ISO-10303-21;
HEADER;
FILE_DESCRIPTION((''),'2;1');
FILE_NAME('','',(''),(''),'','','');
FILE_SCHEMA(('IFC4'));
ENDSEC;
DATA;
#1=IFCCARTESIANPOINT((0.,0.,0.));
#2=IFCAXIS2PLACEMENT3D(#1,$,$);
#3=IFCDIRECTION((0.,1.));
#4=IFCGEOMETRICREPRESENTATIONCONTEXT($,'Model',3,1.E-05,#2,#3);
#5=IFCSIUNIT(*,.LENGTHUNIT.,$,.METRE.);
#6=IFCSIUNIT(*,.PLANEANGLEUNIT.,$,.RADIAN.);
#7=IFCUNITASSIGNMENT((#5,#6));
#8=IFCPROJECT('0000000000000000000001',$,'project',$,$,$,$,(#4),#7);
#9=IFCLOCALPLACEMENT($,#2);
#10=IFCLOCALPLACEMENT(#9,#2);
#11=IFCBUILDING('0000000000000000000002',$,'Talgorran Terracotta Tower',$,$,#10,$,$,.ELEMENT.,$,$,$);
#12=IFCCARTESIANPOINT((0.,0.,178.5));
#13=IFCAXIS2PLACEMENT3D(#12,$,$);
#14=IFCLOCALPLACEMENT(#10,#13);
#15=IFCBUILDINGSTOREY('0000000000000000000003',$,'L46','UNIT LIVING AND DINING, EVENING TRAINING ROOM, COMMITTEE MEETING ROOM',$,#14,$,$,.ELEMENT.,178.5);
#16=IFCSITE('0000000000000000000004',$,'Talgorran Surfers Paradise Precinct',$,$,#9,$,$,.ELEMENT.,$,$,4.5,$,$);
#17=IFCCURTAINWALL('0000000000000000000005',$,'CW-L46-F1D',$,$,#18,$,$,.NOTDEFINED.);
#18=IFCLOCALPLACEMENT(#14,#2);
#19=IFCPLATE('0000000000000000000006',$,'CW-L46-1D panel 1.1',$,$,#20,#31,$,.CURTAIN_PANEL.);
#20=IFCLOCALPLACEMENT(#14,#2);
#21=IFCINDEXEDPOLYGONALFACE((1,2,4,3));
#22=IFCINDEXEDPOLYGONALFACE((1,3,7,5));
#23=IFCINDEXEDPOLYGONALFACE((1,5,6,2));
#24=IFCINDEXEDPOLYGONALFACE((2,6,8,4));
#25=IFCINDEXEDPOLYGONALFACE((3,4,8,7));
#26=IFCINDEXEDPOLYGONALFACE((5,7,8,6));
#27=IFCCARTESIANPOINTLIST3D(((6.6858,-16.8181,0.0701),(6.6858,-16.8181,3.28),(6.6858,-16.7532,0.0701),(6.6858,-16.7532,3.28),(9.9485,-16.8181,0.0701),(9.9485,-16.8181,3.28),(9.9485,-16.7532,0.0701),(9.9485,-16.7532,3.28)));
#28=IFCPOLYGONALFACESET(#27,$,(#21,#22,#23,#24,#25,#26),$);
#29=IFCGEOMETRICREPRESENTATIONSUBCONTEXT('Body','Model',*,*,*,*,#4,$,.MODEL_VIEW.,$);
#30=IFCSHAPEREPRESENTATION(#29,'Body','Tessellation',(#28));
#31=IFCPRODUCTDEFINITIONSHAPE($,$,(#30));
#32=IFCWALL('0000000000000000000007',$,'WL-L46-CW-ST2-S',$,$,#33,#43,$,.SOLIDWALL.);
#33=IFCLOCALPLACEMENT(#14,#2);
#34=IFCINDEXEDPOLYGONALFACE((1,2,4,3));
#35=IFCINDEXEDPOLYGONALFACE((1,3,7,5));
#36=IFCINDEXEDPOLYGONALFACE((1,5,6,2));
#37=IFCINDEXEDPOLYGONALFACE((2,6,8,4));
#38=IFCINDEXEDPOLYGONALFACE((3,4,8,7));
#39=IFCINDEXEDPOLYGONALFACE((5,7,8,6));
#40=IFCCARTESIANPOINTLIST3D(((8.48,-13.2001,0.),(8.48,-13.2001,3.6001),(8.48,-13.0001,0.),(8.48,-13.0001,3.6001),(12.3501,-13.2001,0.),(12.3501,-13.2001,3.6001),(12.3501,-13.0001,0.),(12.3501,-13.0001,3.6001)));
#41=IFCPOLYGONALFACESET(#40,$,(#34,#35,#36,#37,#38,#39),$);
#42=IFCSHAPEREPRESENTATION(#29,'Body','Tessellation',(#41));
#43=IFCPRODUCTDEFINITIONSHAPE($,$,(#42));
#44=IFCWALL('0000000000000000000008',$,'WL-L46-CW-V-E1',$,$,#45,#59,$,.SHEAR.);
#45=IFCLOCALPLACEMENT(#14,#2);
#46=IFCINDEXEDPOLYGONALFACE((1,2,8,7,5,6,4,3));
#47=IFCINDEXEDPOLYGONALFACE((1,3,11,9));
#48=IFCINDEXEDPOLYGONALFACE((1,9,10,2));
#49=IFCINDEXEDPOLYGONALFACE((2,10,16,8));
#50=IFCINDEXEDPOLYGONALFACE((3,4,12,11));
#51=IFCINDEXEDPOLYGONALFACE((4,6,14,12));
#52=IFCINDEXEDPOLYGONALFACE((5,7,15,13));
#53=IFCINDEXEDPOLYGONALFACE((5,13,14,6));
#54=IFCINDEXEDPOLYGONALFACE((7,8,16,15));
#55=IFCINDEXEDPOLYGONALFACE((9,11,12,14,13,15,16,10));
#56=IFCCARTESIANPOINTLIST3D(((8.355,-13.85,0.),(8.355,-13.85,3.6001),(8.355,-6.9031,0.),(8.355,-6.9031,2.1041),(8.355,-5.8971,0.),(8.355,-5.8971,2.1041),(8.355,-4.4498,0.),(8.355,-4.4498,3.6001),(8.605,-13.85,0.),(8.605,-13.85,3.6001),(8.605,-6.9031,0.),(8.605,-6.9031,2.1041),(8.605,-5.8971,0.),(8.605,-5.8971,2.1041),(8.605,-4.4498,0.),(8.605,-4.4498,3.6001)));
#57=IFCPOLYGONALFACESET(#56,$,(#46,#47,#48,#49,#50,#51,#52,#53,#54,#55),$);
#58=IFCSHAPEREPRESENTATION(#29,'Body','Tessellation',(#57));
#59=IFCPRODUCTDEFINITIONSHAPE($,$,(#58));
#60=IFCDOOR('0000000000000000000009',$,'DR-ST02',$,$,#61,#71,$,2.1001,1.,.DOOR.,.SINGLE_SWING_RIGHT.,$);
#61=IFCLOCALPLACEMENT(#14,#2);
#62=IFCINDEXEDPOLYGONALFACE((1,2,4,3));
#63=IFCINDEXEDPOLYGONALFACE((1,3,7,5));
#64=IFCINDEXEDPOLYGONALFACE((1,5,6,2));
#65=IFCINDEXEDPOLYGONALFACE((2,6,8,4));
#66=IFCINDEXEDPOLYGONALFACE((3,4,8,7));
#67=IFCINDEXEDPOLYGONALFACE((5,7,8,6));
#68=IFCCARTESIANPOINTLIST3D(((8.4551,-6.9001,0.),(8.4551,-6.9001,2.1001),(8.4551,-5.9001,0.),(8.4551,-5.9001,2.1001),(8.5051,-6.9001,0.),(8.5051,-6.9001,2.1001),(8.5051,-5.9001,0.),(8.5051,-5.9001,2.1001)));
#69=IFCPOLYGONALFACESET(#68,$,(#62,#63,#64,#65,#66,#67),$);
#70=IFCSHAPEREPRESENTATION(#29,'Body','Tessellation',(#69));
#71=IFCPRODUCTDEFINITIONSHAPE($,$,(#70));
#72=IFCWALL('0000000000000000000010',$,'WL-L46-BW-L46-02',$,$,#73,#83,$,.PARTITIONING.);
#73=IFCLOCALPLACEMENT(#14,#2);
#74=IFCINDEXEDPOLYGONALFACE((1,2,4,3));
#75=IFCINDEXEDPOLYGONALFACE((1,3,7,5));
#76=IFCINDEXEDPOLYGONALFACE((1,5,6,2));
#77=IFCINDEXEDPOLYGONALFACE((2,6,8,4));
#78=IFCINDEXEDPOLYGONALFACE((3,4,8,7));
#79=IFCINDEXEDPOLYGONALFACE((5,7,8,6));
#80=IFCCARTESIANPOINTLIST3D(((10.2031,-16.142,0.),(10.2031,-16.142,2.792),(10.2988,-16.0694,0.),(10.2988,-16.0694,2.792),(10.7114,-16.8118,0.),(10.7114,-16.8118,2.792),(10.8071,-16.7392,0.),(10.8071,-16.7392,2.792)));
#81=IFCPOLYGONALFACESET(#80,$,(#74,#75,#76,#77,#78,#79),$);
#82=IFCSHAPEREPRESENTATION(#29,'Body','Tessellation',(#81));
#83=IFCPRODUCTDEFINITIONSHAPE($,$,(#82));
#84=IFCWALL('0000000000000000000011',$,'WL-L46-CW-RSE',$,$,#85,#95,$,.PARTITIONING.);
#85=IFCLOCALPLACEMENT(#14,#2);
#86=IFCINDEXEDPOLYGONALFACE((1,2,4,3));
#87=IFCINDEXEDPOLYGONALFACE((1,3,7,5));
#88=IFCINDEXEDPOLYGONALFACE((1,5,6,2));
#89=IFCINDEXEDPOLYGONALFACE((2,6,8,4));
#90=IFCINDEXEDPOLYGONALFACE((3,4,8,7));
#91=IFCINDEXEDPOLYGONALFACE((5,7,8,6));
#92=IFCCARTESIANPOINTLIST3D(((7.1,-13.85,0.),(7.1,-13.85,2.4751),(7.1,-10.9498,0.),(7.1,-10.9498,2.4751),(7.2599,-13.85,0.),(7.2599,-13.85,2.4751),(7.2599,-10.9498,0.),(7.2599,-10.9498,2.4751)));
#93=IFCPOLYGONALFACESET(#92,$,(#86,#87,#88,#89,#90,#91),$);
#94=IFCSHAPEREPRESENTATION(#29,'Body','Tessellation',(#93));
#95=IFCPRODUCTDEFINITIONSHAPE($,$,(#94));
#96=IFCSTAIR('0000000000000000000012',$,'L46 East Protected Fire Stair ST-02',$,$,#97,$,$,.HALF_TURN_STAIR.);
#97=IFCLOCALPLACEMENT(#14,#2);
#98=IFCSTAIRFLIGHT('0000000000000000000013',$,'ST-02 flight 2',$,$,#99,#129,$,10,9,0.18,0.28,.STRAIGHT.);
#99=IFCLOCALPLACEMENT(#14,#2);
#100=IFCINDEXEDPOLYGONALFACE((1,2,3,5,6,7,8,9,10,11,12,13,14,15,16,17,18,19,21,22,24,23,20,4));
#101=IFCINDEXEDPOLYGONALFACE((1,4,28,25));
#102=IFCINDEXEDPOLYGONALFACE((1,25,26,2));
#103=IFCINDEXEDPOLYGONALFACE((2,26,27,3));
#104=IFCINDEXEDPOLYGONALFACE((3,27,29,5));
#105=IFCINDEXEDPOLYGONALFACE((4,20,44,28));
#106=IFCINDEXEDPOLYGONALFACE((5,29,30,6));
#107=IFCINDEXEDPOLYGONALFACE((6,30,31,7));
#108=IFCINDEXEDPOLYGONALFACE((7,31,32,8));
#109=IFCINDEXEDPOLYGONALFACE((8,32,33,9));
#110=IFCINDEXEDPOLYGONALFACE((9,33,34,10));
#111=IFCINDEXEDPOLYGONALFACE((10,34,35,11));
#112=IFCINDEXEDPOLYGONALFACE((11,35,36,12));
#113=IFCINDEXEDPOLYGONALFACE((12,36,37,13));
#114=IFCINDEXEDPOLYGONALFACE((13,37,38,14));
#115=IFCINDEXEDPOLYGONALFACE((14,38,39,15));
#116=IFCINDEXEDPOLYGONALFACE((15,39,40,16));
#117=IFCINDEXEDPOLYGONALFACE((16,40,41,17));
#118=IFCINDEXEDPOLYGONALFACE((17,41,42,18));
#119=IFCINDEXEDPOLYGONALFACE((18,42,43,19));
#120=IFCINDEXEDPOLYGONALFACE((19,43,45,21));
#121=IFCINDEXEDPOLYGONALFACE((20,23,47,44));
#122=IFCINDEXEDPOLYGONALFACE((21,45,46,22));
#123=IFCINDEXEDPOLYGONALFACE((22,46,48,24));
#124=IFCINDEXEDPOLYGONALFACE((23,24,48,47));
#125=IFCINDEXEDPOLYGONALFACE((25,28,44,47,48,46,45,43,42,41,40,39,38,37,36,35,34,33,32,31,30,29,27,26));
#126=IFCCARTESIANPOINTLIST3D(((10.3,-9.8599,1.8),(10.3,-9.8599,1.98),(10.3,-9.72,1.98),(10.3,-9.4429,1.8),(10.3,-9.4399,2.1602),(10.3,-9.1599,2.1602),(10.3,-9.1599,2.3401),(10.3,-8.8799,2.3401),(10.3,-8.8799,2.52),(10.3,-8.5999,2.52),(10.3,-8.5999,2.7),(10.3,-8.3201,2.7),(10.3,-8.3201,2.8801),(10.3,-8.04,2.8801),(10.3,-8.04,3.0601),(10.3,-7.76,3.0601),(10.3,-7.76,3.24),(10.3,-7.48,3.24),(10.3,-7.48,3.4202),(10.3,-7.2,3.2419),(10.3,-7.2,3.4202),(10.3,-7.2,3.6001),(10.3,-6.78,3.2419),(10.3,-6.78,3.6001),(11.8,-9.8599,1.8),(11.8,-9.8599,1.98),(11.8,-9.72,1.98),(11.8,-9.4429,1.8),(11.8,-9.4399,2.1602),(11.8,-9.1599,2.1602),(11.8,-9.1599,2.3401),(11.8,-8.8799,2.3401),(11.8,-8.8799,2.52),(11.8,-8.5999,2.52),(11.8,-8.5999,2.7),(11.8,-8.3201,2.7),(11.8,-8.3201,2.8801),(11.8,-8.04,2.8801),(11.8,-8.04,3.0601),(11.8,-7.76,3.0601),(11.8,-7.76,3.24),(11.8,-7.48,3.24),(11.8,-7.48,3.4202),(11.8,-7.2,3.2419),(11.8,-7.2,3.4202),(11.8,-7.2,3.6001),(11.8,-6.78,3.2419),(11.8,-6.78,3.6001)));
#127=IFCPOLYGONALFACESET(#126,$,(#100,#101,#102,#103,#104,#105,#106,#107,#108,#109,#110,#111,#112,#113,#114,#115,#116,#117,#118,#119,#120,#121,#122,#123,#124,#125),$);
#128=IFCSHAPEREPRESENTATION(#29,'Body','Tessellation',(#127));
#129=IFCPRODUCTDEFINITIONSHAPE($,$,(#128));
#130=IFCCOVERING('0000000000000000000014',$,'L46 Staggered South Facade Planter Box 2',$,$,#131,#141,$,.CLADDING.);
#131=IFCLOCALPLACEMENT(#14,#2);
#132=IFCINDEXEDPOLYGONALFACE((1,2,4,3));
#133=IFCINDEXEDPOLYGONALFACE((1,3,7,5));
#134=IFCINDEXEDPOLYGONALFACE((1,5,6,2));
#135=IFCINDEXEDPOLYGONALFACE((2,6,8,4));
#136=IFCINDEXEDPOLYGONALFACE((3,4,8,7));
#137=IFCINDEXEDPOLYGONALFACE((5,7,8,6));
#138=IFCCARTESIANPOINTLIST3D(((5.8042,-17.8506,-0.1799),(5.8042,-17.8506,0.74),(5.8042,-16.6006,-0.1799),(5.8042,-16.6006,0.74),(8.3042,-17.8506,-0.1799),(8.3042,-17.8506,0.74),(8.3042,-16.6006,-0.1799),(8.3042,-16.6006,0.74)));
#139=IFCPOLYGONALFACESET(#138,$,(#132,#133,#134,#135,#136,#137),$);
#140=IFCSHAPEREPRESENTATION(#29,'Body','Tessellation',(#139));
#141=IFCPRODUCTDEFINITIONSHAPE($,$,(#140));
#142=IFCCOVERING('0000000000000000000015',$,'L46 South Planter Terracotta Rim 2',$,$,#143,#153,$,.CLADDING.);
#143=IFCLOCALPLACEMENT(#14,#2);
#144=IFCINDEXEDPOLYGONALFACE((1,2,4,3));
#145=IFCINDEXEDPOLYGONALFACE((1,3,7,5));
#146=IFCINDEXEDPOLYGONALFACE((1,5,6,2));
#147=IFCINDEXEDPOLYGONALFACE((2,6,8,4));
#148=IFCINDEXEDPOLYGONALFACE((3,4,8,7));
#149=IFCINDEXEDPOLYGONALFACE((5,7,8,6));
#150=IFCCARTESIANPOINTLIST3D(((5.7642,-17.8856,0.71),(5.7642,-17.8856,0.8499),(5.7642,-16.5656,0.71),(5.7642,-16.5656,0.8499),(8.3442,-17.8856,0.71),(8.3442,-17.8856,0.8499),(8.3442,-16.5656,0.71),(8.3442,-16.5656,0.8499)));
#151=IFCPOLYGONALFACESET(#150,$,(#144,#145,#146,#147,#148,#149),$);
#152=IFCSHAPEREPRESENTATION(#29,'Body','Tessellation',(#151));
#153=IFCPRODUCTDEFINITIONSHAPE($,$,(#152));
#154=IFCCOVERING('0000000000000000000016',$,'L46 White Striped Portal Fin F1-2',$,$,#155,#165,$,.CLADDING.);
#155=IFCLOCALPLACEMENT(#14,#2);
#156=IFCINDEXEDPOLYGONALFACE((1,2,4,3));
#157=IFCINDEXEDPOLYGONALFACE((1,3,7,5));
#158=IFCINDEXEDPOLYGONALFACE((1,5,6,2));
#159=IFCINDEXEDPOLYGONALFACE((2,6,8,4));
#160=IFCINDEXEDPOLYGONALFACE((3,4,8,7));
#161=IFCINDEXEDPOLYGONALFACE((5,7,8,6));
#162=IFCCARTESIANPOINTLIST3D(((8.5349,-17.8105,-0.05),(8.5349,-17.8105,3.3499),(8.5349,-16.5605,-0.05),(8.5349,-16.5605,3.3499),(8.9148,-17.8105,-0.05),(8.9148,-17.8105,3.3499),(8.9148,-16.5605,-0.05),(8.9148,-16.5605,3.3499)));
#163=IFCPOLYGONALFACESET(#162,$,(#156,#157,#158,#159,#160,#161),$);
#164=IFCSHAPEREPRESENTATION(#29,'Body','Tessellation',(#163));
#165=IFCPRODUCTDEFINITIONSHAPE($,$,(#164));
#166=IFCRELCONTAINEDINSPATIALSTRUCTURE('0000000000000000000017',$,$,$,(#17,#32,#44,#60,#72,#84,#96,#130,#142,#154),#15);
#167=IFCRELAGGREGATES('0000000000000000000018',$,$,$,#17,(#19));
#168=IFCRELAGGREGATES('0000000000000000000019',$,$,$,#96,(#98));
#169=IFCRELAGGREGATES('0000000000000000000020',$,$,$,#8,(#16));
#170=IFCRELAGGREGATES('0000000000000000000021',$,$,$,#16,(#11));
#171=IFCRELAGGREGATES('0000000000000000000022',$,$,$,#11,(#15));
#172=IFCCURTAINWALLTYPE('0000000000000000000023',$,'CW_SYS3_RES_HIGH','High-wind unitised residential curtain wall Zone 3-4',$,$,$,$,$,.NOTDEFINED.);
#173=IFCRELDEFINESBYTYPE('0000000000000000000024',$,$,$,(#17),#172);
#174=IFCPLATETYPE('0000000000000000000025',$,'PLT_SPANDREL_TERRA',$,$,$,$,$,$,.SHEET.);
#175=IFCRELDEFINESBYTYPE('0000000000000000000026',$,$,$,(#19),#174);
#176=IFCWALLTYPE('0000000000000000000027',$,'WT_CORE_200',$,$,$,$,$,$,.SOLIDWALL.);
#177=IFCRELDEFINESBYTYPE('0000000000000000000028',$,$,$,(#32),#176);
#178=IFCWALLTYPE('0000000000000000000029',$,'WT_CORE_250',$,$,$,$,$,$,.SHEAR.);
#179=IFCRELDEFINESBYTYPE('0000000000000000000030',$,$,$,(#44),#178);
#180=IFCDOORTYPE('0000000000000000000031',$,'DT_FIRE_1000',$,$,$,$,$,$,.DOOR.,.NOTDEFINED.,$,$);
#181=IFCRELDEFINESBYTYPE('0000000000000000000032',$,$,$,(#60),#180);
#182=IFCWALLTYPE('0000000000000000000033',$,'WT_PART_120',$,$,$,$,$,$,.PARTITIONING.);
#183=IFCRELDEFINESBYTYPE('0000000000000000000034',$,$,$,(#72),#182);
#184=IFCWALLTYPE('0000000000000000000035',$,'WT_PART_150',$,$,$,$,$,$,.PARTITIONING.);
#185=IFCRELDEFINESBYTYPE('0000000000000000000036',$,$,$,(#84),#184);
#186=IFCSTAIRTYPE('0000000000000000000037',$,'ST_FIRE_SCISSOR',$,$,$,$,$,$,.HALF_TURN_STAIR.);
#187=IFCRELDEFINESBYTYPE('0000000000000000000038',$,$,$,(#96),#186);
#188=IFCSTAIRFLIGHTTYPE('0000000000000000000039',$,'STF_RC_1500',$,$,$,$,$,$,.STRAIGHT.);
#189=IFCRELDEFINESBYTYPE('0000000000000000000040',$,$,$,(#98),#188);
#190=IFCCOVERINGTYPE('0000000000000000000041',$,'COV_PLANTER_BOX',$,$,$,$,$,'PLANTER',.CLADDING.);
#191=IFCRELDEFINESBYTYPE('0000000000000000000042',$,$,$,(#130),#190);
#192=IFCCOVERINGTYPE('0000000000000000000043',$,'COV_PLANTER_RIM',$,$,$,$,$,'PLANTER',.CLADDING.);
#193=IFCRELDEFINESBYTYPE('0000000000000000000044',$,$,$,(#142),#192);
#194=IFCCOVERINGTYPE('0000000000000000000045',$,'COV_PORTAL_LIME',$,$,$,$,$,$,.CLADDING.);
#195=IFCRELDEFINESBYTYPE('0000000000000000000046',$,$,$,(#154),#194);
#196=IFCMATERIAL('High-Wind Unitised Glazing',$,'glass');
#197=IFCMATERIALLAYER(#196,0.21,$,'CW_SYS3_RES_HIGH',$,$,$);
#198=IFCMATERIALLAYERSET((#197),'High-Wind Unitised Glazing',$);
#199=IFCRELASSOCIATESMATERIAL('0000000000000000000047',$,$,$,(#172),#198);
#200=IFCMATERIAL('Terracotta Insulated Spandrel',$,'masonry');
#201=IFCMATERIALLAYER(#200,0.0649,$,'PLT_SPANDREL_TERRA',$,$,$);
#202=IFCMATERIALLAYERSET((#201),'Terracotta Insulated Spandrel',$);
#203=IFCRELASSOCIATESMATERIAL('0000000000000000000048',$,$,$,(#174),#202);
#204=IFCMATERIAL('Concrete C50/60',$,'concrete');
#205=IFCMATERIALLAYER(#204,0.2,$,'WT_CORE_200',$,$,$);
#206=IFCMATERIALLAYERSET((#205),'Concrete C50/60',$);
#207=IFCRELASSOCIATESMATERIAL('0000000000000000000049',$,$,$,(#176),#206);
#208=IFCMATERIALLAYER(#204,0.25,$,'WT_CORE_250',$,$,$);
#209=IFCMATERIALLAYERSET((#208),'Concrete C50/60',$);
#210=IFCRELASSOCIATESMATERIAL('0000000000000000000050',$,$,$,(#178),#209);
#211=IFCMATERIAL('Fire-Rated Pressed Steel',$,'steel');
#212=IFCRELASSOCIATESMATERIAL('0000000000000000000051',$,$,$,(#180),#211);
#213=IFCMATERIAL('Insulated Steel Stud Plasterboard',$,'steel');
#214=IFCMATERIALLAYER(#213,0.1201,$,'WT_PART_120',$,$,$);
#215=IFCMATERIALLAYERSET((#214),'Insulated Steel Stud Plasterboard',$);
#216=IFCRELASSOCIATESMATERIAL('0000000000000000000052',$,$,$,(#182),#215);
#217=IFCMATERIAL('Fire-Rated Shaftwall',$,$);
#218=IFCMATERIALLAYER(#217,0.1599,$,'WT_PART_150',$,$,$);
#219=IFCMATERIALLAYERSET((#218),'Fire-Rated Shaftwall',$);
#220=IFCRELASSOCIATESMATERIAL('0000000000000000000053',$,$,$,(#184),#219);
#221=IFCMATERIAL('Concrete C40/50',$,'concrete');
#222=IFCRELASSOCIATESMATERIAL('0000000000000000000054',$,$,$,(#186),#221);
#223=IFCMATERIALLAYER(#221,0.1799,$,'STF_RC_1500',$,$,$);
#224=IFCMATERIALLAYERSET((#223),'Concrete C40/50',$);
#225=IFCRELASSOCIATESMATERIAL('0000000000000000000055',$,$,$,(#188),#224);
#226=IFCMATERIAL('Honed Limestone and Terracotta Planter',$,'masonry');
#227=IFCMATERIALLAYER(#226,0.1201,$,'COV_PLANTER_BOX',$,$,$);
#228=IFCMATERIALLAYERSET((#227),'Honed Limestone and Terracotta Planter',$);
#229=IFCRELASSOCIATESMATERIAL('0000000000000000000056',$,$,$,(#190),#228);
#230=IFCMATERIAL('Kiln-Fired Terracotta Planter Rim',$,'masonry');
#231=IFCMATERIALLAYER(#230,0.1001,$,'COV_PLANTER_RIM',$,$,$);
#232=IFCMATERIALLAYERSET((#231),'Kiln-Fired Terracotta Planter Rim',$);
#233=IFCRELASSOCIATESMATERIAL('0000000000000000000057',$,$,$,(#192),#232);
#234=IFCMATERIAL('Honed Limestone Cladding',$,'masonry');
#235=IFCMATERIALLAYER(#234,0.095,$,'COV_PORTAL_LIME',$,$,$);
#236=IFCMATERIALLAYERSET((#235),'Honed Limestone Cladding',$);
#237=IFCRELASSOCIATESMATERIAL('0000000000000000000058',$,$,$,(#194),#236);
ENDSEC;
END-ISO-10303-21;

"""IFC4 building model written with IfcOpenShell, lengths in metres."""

from ifc_helpers import new_model, si_unit, direction, frame, frame_2d, origin, origin_2d, place, context, subcontext, project, spatial, polyline, rectangle, outline, extrude, source, transform, mapped, material, layer, layer_set, type_object, type_shapes, element, fill, aggregate, save


model = new_model("IFC4")

# Units and contexts
model_context = context("Model", 3, precision=1e-05, world=origin(), true_north=direction((0.0, 1.0)))
body_context = subcontext(model_context, "Body", "Model", "MODEL_VIEW")
ifc_project = project(units=[si_unit("LENGTHUNIT", "METRE"), si_unit("PLANEANGLEUNIT", "RADIAN")], contexts=[model_context])

# Site, building, storey
site_placement = place(None, origin())
site = spatial("IfcSite", under=ifc_project, at=site_placement, Name="Talgorran Surfers Paradise Precinct", CompositionType="ELEMENT", RefElevation=4.5)
building_placement = place(site_placement, origin())
building = spatial("IfcBuilding", under=site, at=building_placement, Name="Talgorran Terracotta Tower", CompositionType="ELEMENT")
storey_placement = place(building_placement, frame((0.0, 0.0, 178.5)))
storey = spatial("IfcBuildingStorey", under=building, at=storey_placement, Name="L46", Description="UNIT LIVING AND DINING, EVENING TRAINING ROOM, COMMITTEE MEETING ROOM", CompositionType="ELEMENT", Elevation=178.5)

# Curtain wall
ifc_material_1 = material(Name="High-Wind Unitised Glazing", Category="glass")
ifc_layer_1 = layer(ifc_material_1, 0.21, Name="CW_SYS3_RES_HIGH")
ifc_layer_set_1 = layer_set([ifc_layer_1], Name="High-Wind Unitised Glazing")
curtain_wall_type = type_object("IfcCurtainWallType", Name="CW_SYS3_RES_HIGH", Description="High-wind unitised residential curtain wall Zone 3-4", PredefinedType="NOTDEFINED", material=ifc_layer_set_1)
curtain_wall_1_placement = place(storey_placement, origin())
curtain_wall_1 = element("IfcCurtainWall", 1, at=curtain_wall_1_placement, inside=storey, type_object=curtain_wall_type, Name="CW-L46-F1D", PredefinedType="NOTDEFINED")

# Plate
ifc_material_2 = material(Name="Terracotta Insulated Spandrel", Category="masonry")
ifc_layer_2 = layer(ifc_material_2, 0.0649, Name="PLT_SPANDREL_TERRA")
ifc_layer_set_2 = layer_set([ifc_layer_2], Name="Terracotta Insulated Spandrel")
plate_type_1 = type_object("IfcPlateType", Name="PLT_SPANDREL_TERRA", PredefinedType="SHEET", material=ifc_layer_set_2)
shared_shape = source(origin(), body_context, "Body", "SweptSolid", [
    extrude(rectangle(XDim=3.2627, YDim=0.0649, at=origin_2d()), origin(), (0.0, 0.0, 1.0), 3.21),
])
type_shapes(plate_type_1, [shared_shape])
plate_placement = place(storey_placement, frame((8.3171, -16.7856, 0.0701), z_axis=(0.0, 0.0, 1.0), x_axis=(1.0, 0.0, 0.0)))
plate = element("IfcPlate", 2, at=plate_placement, type_object=plate_type_1, Name="CW-L46-1D panel 1.1", PredefinedType="CURTAIN_PANEL", context=body_context, shape_type="MappedRepresentation", body=[
    mapped(shared_shape, transform((0.0, 0.0, 0.0), scale=1.0)),
])
aggregate(curtain_wall_1, [plate])

# Wall
ifc_material_3 = material(Name="Concrete C50/60", Category="concrete")
ifc_layer_3 = layer(ifc_material_3, 0.2, Name="WT_CORE_200")
ifc_layer_set_3 = layer_set([ifc_layer_3], Name="Concrete C50/60")
wall_type_1 = type_object("IfcWallType", Name="WT_CORE_200", PredefinedType="SOLIDWALL", material=ifc_layer_set_3)
wall_1_placement = place(storey_placement, frame((8.48, -13.1001, 0.0), z_axis=(0.0, 0.0, 1.0), x_axis=(1.0, 0.0, 0.0)))
element("IfcWall", 3, at=wall_1_placement, inside=storey, type_object=wall_type_1, Name="WL-L46-CW-ST2-S", PredefinedType="SOLIDWALL", context=body_context, shape_type="SweptSolid", body=[
    extrude(rectangle(XDim=3.8701, YDim=0.2, at=frame_2d((1.9351, 0.0))), origin(), (0.0, 0.0, 1.0), 3.6001),
])

# Wall, opening, door
ifc_layer_4 = layer(ifc_material_3, 0.25, Name="WT_CORE_250")
ifc_layer_set_4 = layer_set([ifc_layer_4], Name="Concrete C50/60")
wall_type_2 = type_object("IfcWallType", Name="WT_CORE_250", PredefinedType="SHEAR", material=ifc_layer_set_4)
wall_2_placement = place(storey_placement, frame((8.48, -13.8501, 0.0), z_axis=(0.0, 0.0, 1.0), x_axis=(0.0, 1.0, 0.0)))
wall_2 = element("IfcWall", 4, at=wall_2_placement, inside=storey, type_object=wall_type_2, Name="WL-L46-CW-V-E1", PredefinedType="SHEAR", context=body_context, shape_type="SweptSolid", body=[
    extrude(rectangle(XDim=9.4001, YDim=0.25, at=frame_2d((4.7002, 0.0))), origin(), (0.0, 0.0, 1.0), 3.6001),
])
opening_placement = place(wall_2_placement, frame((6.95, 0.0, 0.0)))
opening = element("IfcOpeningElement", 5, at=opening_placement, cuts=wall_2, PredefinedType="OPENING", context=body_context, shape_type="SweptSolid", body=[
    extrude(rectangle(XDim=1.006, YDim=2.1041, at=frame_2d((0.5, 1.052))), frame((0.0, 0.135, 0.0), z_axis=(0.0, -1.0, 0.0), x_axis=(1.0, 0.0, 0.0)), (0.0, 0.0, 1.0), 0.27),
])
ifc_material_4 = material(Name="Fire-Rated Pressed Steel", Category="steel")
door_type = type_object("IfcDoorType", Name="DT_FIRE_1000", OperationType="NOTDEFINED", PredefinedType="DOOR", material=ifc_material_4)
door_placement = place(opening_placement, origin())
door = element("IfcDoor", 6, at=door_placement, inside=storey, type_object=door_type, Name="DR-ST02", OperationType="SINGLE_SWING_RIGHT", OverallHeight=2.1001, OverallWidth=1.0, PredefinedType="DOOR", context=body_context, shape_type="SweptSolid", body=[
    extrude(rectangle(XDim=1.0, YDim=2.1001, at=frame_2d((0.5, 1.05))), frame((0.0, 0.0249, 0.0), z_axis=(0.0, -1.0, 0.0), x_axis=(1.0, 0.0, 0.0)), (0.0, 0.0, 1.0), 0.05),
])
fill(opening, door)

# Walls
ifc_material_5 = material(Name="Insulated Steel Stud Plasterboard", Category="steel")
ifc_layer_5 = layer(ifc_material_5, 0.1201, Name="WT_PART_120")
ifc_layer_set_5 = layer_set([ifc_layer_5], Name="Insulated Steel Stud Plasterboard")
wall_type_3 = type_object("IfcWallType", Name="WT_PART_120", PredefinedType="PARTITIONING", material=ifc_layer_set_5)
wall_3_placement = place(storey_placement, frame((10.251, -16.1057, 0.0), z_axis=(0.0, 0.0, 1.0), x_axis=(0.60445, -0.796643, 0.0)))
element("IfcWall", 7, at=wall_3_placement, inside=storey, type_object=wall_type_3, Name="WL-L46-BW-L46-02", PredefinedType="PARTITIONING", context=body_context, shape_type="SweptSolid", body=[
    extrude(rectangle(XDim=0.8408, YDim=0.1201, at=frame_2d((0.4204, 0.0))), origin(), (0.0, 0.0, 1.0), 2.792),
])
ifc_material_6 = material(Name="Fire-Rated Shaftwall")
ifc_layer_6 = layer(ifc_material_6, 0.1599, Name="WT_PART_150")
ifc_layer_set_6 = layer_set([ifc_layer_6], Name="Fire-Rated Shaftwall")
wall_type_4 = type_object("IfcWallType", Name="WT_PART_150", PredefinedType="PARTITIONING", material=ifc_layer_set_6)
wall_4_placement = place(storey_placement, frame((7.1799, -13.8501, 0.0), z_axis=(0.0, 0.0, 1.0), x_axis=(0.0, 1.0, 0.0)))
element("IfcWall", 8, at=wall_4_placement, inside=storey, type_object=wall_type_4, Name="WL-L46-CW-RSE", PredefinedType="PARTITIONING", context=body_context, shape_type="SweptSolid", body=[
    extrude(rectangle(XDim=2.9001, YDim=0.1599, at=frame_2d((1.4502, 0.0))), origin(), (0.0, 0.0, 1.0), 2.4751),
])

# Stair, stair flight
ifc_material_7 = material(Name="Concrete C40/50", Category="concrete")
stair_type = type_object("IfcStairType", Name="ST_FIRE_SCISSOR", PredefinedType="HALF_TURN_STAIR", material=ifc_material_7)
stair_placement = place(storey_placement, origin())
stair = element("IfcStair", 9, at=stair_placement, inside=storey, type_object=stair_type, Name="L46 East Protected Fire Stair ST-02", PredefinedType="HALF_TURN_STAIR")
ifc_layer_7 = layer(ifc_material_7, 0.1799, Name="STF_RC_1500")
ifc_layer_set_7 = layer_set([ifc_layer_7], Name="Concrete C40/50")
stair_flight_type = type_object("IfcStairFlightType", Name="STF_RC_1500", PredefinedType="STRAIGHT", material=ifc_layer_set_7)
stair_flight_placement = place(storey_placement, frame((11.05, -9.72, 1.8), z_axis=(0.0, 0.0, 1.0), x_axis=(0.0, 1.0, 0.0)))
stair_flight = element("IfcStairFlight", 10, at=stair_flight_placement, type_object=stair_flight_type, Name="ST-02 flight 2", NumberOfRisers=10, NumberOfTreads=9, PredefinedType="STRAIGHT", RiserHeight=0.18, TreadLength=0.28, context=body_context, shape_type="SweptSolid", body=[
    extrude(outline(polyline([(-0.1399, 0.0), (-0.1399, 0.1799), (0.0, 0.1799), (0.28, 0.3601), (0.5601, 0.3601), (0.5601, 0.54), (0.8401, 0.54), (0.8401, 0.72), (1.1201, 0.72), (1.1201, 0.8999), (1.3999, 0.8999), (1.3999, 1.0801), (1.6799, 1.0801), (1.6799, 1.26), (1.96, 1.26), (1.96, 1.4399), (2.24, 1.4399), (2.24, 1.6201), (2.52, 1.6201), (2.52, 1.8), (2.9399, 1.8), (2.9399, 1.4419), (2.52, 1.4419), (0.2771, 0.0), (-0.1399, 0.0)])), frame((0.0, 0.75, 0.0), z_axis=(0.0, -1.0, 0.0), x_axis=(1.0, 0.0, 0.0)), (0.0, 0.0, 1.0), 1.5),
])
aggregate(stair, [stair_flight])

# Coverings
ifc_material_8 = material(Name="Honed Limestone and Terracotta Planter", Category="masonry")
ifc_layer_8 = layer(ifc_material_8, 0.1201, Name="COV_PLANTER_BOX")
ifc_layer_set_8 = layer_set([ifc_layer_8], Name="Honed Limestone and Terracotta Planter")
covering_type_1 = type_object("IfcCoveringType", Name="COV_PLANTER_BOX", ElementType="PLANTER", PredefinedType="CLADDING", material=ifc_layer_set_8)
covering_1_placement = place(storey_placement, frame((7.0542, -17.2256, -0.1799), z_axis=(0.0, 0.0, 1.0), x_axis=(1.0, 0.0, 0.0)))
element("IfcCovering", 11, at=covering_1_placement, inside=storey, type_object=covering_type_1, Name="L46 Staggered South Facade Planter Box 2", PredefinedType="CLADDING", context=body_context, shape_type="SweptSolid", body=[
    extrude(rectangle(XDim=2.5, YDim=1.25, at=origin_2d()), origin(), (0.0, 0.0, 1.0), 0.9199),
])
ifc_material_9 = material(Name="Kiln-Fired Terracotta Planter Rim", Category="masonry")
ifc_layer_9 = layer(ifc_material_9, 0.1001, Name="COV_PLANTER_RIM")
ifc_layer_set_9 = layer_set([ifc_layer_9], Name="Kiln-Fired Terracotta Planter Rim")
covering_type_2 = type_object("IfcCoveringType", Name="COV_PLANTER_RIM", ElementType="PLANTER", PredefinedType="CLADDING", material=ifc_layer_set_9)
covering_2_placement = place(storey_placement, frame((7.0542, -17.2256, 0.71), z_axis=(0.0, 0.0, 1.0), x_axis=(1.0, 0.0, 0.0)))
element("IfcCovering", 12, at=covering_2_placement, inside=storey, type_object=covering_type_2, Name="L46 South Planter Terracotta Rim 2", PredefinedType="CLADDING", context=body_context, shape_type="SweptSolid", body=[
    extrude(rectangle(XDim=2.5801, YDim=1.3201, at=origin_2d()), origin(), (0.0, 0.0, 1.0), 0.1399),
])
ifc_material_10 = material(Name="Honed Limestone Cladding", Category="masonry")
ifc_layer_10 = layer(ifc_material_10, 0.095, Name="COV_PORTAL_LIME")
ifc_layer_set_10 = layer_set([ifc_layer_10], Name="Honed Limestone Cladding")
covering_type_3 = type_object("IfcCoveringType", Name="COV_PORTAL_LIME", PredefinedType="CLADDING", material=ifc_layer_set_10)
covering_3_placement = place(storey_placement, frame((8.7249, -17.1855, -0.05), z_axis=(0.0, 0.0, 1.0), x_axis=(1.0, 0.0, 0.0)))
element("IfcCovering", 13, at=covering_3_placement, inside=storey, type_object=covering_type_3, Name="L46 White Striped Portal Fin F1-2", PredefinedType="CLADDING", context=body_context, shape_type="SweptSolid", body=[
    extrude(rectangle(XDim=0.3799, YDim=1.25, at=origin_2d()), origin(), (0.0, 0.0, 1.0), 3.3999),
])

save(model, "model.ifc")
